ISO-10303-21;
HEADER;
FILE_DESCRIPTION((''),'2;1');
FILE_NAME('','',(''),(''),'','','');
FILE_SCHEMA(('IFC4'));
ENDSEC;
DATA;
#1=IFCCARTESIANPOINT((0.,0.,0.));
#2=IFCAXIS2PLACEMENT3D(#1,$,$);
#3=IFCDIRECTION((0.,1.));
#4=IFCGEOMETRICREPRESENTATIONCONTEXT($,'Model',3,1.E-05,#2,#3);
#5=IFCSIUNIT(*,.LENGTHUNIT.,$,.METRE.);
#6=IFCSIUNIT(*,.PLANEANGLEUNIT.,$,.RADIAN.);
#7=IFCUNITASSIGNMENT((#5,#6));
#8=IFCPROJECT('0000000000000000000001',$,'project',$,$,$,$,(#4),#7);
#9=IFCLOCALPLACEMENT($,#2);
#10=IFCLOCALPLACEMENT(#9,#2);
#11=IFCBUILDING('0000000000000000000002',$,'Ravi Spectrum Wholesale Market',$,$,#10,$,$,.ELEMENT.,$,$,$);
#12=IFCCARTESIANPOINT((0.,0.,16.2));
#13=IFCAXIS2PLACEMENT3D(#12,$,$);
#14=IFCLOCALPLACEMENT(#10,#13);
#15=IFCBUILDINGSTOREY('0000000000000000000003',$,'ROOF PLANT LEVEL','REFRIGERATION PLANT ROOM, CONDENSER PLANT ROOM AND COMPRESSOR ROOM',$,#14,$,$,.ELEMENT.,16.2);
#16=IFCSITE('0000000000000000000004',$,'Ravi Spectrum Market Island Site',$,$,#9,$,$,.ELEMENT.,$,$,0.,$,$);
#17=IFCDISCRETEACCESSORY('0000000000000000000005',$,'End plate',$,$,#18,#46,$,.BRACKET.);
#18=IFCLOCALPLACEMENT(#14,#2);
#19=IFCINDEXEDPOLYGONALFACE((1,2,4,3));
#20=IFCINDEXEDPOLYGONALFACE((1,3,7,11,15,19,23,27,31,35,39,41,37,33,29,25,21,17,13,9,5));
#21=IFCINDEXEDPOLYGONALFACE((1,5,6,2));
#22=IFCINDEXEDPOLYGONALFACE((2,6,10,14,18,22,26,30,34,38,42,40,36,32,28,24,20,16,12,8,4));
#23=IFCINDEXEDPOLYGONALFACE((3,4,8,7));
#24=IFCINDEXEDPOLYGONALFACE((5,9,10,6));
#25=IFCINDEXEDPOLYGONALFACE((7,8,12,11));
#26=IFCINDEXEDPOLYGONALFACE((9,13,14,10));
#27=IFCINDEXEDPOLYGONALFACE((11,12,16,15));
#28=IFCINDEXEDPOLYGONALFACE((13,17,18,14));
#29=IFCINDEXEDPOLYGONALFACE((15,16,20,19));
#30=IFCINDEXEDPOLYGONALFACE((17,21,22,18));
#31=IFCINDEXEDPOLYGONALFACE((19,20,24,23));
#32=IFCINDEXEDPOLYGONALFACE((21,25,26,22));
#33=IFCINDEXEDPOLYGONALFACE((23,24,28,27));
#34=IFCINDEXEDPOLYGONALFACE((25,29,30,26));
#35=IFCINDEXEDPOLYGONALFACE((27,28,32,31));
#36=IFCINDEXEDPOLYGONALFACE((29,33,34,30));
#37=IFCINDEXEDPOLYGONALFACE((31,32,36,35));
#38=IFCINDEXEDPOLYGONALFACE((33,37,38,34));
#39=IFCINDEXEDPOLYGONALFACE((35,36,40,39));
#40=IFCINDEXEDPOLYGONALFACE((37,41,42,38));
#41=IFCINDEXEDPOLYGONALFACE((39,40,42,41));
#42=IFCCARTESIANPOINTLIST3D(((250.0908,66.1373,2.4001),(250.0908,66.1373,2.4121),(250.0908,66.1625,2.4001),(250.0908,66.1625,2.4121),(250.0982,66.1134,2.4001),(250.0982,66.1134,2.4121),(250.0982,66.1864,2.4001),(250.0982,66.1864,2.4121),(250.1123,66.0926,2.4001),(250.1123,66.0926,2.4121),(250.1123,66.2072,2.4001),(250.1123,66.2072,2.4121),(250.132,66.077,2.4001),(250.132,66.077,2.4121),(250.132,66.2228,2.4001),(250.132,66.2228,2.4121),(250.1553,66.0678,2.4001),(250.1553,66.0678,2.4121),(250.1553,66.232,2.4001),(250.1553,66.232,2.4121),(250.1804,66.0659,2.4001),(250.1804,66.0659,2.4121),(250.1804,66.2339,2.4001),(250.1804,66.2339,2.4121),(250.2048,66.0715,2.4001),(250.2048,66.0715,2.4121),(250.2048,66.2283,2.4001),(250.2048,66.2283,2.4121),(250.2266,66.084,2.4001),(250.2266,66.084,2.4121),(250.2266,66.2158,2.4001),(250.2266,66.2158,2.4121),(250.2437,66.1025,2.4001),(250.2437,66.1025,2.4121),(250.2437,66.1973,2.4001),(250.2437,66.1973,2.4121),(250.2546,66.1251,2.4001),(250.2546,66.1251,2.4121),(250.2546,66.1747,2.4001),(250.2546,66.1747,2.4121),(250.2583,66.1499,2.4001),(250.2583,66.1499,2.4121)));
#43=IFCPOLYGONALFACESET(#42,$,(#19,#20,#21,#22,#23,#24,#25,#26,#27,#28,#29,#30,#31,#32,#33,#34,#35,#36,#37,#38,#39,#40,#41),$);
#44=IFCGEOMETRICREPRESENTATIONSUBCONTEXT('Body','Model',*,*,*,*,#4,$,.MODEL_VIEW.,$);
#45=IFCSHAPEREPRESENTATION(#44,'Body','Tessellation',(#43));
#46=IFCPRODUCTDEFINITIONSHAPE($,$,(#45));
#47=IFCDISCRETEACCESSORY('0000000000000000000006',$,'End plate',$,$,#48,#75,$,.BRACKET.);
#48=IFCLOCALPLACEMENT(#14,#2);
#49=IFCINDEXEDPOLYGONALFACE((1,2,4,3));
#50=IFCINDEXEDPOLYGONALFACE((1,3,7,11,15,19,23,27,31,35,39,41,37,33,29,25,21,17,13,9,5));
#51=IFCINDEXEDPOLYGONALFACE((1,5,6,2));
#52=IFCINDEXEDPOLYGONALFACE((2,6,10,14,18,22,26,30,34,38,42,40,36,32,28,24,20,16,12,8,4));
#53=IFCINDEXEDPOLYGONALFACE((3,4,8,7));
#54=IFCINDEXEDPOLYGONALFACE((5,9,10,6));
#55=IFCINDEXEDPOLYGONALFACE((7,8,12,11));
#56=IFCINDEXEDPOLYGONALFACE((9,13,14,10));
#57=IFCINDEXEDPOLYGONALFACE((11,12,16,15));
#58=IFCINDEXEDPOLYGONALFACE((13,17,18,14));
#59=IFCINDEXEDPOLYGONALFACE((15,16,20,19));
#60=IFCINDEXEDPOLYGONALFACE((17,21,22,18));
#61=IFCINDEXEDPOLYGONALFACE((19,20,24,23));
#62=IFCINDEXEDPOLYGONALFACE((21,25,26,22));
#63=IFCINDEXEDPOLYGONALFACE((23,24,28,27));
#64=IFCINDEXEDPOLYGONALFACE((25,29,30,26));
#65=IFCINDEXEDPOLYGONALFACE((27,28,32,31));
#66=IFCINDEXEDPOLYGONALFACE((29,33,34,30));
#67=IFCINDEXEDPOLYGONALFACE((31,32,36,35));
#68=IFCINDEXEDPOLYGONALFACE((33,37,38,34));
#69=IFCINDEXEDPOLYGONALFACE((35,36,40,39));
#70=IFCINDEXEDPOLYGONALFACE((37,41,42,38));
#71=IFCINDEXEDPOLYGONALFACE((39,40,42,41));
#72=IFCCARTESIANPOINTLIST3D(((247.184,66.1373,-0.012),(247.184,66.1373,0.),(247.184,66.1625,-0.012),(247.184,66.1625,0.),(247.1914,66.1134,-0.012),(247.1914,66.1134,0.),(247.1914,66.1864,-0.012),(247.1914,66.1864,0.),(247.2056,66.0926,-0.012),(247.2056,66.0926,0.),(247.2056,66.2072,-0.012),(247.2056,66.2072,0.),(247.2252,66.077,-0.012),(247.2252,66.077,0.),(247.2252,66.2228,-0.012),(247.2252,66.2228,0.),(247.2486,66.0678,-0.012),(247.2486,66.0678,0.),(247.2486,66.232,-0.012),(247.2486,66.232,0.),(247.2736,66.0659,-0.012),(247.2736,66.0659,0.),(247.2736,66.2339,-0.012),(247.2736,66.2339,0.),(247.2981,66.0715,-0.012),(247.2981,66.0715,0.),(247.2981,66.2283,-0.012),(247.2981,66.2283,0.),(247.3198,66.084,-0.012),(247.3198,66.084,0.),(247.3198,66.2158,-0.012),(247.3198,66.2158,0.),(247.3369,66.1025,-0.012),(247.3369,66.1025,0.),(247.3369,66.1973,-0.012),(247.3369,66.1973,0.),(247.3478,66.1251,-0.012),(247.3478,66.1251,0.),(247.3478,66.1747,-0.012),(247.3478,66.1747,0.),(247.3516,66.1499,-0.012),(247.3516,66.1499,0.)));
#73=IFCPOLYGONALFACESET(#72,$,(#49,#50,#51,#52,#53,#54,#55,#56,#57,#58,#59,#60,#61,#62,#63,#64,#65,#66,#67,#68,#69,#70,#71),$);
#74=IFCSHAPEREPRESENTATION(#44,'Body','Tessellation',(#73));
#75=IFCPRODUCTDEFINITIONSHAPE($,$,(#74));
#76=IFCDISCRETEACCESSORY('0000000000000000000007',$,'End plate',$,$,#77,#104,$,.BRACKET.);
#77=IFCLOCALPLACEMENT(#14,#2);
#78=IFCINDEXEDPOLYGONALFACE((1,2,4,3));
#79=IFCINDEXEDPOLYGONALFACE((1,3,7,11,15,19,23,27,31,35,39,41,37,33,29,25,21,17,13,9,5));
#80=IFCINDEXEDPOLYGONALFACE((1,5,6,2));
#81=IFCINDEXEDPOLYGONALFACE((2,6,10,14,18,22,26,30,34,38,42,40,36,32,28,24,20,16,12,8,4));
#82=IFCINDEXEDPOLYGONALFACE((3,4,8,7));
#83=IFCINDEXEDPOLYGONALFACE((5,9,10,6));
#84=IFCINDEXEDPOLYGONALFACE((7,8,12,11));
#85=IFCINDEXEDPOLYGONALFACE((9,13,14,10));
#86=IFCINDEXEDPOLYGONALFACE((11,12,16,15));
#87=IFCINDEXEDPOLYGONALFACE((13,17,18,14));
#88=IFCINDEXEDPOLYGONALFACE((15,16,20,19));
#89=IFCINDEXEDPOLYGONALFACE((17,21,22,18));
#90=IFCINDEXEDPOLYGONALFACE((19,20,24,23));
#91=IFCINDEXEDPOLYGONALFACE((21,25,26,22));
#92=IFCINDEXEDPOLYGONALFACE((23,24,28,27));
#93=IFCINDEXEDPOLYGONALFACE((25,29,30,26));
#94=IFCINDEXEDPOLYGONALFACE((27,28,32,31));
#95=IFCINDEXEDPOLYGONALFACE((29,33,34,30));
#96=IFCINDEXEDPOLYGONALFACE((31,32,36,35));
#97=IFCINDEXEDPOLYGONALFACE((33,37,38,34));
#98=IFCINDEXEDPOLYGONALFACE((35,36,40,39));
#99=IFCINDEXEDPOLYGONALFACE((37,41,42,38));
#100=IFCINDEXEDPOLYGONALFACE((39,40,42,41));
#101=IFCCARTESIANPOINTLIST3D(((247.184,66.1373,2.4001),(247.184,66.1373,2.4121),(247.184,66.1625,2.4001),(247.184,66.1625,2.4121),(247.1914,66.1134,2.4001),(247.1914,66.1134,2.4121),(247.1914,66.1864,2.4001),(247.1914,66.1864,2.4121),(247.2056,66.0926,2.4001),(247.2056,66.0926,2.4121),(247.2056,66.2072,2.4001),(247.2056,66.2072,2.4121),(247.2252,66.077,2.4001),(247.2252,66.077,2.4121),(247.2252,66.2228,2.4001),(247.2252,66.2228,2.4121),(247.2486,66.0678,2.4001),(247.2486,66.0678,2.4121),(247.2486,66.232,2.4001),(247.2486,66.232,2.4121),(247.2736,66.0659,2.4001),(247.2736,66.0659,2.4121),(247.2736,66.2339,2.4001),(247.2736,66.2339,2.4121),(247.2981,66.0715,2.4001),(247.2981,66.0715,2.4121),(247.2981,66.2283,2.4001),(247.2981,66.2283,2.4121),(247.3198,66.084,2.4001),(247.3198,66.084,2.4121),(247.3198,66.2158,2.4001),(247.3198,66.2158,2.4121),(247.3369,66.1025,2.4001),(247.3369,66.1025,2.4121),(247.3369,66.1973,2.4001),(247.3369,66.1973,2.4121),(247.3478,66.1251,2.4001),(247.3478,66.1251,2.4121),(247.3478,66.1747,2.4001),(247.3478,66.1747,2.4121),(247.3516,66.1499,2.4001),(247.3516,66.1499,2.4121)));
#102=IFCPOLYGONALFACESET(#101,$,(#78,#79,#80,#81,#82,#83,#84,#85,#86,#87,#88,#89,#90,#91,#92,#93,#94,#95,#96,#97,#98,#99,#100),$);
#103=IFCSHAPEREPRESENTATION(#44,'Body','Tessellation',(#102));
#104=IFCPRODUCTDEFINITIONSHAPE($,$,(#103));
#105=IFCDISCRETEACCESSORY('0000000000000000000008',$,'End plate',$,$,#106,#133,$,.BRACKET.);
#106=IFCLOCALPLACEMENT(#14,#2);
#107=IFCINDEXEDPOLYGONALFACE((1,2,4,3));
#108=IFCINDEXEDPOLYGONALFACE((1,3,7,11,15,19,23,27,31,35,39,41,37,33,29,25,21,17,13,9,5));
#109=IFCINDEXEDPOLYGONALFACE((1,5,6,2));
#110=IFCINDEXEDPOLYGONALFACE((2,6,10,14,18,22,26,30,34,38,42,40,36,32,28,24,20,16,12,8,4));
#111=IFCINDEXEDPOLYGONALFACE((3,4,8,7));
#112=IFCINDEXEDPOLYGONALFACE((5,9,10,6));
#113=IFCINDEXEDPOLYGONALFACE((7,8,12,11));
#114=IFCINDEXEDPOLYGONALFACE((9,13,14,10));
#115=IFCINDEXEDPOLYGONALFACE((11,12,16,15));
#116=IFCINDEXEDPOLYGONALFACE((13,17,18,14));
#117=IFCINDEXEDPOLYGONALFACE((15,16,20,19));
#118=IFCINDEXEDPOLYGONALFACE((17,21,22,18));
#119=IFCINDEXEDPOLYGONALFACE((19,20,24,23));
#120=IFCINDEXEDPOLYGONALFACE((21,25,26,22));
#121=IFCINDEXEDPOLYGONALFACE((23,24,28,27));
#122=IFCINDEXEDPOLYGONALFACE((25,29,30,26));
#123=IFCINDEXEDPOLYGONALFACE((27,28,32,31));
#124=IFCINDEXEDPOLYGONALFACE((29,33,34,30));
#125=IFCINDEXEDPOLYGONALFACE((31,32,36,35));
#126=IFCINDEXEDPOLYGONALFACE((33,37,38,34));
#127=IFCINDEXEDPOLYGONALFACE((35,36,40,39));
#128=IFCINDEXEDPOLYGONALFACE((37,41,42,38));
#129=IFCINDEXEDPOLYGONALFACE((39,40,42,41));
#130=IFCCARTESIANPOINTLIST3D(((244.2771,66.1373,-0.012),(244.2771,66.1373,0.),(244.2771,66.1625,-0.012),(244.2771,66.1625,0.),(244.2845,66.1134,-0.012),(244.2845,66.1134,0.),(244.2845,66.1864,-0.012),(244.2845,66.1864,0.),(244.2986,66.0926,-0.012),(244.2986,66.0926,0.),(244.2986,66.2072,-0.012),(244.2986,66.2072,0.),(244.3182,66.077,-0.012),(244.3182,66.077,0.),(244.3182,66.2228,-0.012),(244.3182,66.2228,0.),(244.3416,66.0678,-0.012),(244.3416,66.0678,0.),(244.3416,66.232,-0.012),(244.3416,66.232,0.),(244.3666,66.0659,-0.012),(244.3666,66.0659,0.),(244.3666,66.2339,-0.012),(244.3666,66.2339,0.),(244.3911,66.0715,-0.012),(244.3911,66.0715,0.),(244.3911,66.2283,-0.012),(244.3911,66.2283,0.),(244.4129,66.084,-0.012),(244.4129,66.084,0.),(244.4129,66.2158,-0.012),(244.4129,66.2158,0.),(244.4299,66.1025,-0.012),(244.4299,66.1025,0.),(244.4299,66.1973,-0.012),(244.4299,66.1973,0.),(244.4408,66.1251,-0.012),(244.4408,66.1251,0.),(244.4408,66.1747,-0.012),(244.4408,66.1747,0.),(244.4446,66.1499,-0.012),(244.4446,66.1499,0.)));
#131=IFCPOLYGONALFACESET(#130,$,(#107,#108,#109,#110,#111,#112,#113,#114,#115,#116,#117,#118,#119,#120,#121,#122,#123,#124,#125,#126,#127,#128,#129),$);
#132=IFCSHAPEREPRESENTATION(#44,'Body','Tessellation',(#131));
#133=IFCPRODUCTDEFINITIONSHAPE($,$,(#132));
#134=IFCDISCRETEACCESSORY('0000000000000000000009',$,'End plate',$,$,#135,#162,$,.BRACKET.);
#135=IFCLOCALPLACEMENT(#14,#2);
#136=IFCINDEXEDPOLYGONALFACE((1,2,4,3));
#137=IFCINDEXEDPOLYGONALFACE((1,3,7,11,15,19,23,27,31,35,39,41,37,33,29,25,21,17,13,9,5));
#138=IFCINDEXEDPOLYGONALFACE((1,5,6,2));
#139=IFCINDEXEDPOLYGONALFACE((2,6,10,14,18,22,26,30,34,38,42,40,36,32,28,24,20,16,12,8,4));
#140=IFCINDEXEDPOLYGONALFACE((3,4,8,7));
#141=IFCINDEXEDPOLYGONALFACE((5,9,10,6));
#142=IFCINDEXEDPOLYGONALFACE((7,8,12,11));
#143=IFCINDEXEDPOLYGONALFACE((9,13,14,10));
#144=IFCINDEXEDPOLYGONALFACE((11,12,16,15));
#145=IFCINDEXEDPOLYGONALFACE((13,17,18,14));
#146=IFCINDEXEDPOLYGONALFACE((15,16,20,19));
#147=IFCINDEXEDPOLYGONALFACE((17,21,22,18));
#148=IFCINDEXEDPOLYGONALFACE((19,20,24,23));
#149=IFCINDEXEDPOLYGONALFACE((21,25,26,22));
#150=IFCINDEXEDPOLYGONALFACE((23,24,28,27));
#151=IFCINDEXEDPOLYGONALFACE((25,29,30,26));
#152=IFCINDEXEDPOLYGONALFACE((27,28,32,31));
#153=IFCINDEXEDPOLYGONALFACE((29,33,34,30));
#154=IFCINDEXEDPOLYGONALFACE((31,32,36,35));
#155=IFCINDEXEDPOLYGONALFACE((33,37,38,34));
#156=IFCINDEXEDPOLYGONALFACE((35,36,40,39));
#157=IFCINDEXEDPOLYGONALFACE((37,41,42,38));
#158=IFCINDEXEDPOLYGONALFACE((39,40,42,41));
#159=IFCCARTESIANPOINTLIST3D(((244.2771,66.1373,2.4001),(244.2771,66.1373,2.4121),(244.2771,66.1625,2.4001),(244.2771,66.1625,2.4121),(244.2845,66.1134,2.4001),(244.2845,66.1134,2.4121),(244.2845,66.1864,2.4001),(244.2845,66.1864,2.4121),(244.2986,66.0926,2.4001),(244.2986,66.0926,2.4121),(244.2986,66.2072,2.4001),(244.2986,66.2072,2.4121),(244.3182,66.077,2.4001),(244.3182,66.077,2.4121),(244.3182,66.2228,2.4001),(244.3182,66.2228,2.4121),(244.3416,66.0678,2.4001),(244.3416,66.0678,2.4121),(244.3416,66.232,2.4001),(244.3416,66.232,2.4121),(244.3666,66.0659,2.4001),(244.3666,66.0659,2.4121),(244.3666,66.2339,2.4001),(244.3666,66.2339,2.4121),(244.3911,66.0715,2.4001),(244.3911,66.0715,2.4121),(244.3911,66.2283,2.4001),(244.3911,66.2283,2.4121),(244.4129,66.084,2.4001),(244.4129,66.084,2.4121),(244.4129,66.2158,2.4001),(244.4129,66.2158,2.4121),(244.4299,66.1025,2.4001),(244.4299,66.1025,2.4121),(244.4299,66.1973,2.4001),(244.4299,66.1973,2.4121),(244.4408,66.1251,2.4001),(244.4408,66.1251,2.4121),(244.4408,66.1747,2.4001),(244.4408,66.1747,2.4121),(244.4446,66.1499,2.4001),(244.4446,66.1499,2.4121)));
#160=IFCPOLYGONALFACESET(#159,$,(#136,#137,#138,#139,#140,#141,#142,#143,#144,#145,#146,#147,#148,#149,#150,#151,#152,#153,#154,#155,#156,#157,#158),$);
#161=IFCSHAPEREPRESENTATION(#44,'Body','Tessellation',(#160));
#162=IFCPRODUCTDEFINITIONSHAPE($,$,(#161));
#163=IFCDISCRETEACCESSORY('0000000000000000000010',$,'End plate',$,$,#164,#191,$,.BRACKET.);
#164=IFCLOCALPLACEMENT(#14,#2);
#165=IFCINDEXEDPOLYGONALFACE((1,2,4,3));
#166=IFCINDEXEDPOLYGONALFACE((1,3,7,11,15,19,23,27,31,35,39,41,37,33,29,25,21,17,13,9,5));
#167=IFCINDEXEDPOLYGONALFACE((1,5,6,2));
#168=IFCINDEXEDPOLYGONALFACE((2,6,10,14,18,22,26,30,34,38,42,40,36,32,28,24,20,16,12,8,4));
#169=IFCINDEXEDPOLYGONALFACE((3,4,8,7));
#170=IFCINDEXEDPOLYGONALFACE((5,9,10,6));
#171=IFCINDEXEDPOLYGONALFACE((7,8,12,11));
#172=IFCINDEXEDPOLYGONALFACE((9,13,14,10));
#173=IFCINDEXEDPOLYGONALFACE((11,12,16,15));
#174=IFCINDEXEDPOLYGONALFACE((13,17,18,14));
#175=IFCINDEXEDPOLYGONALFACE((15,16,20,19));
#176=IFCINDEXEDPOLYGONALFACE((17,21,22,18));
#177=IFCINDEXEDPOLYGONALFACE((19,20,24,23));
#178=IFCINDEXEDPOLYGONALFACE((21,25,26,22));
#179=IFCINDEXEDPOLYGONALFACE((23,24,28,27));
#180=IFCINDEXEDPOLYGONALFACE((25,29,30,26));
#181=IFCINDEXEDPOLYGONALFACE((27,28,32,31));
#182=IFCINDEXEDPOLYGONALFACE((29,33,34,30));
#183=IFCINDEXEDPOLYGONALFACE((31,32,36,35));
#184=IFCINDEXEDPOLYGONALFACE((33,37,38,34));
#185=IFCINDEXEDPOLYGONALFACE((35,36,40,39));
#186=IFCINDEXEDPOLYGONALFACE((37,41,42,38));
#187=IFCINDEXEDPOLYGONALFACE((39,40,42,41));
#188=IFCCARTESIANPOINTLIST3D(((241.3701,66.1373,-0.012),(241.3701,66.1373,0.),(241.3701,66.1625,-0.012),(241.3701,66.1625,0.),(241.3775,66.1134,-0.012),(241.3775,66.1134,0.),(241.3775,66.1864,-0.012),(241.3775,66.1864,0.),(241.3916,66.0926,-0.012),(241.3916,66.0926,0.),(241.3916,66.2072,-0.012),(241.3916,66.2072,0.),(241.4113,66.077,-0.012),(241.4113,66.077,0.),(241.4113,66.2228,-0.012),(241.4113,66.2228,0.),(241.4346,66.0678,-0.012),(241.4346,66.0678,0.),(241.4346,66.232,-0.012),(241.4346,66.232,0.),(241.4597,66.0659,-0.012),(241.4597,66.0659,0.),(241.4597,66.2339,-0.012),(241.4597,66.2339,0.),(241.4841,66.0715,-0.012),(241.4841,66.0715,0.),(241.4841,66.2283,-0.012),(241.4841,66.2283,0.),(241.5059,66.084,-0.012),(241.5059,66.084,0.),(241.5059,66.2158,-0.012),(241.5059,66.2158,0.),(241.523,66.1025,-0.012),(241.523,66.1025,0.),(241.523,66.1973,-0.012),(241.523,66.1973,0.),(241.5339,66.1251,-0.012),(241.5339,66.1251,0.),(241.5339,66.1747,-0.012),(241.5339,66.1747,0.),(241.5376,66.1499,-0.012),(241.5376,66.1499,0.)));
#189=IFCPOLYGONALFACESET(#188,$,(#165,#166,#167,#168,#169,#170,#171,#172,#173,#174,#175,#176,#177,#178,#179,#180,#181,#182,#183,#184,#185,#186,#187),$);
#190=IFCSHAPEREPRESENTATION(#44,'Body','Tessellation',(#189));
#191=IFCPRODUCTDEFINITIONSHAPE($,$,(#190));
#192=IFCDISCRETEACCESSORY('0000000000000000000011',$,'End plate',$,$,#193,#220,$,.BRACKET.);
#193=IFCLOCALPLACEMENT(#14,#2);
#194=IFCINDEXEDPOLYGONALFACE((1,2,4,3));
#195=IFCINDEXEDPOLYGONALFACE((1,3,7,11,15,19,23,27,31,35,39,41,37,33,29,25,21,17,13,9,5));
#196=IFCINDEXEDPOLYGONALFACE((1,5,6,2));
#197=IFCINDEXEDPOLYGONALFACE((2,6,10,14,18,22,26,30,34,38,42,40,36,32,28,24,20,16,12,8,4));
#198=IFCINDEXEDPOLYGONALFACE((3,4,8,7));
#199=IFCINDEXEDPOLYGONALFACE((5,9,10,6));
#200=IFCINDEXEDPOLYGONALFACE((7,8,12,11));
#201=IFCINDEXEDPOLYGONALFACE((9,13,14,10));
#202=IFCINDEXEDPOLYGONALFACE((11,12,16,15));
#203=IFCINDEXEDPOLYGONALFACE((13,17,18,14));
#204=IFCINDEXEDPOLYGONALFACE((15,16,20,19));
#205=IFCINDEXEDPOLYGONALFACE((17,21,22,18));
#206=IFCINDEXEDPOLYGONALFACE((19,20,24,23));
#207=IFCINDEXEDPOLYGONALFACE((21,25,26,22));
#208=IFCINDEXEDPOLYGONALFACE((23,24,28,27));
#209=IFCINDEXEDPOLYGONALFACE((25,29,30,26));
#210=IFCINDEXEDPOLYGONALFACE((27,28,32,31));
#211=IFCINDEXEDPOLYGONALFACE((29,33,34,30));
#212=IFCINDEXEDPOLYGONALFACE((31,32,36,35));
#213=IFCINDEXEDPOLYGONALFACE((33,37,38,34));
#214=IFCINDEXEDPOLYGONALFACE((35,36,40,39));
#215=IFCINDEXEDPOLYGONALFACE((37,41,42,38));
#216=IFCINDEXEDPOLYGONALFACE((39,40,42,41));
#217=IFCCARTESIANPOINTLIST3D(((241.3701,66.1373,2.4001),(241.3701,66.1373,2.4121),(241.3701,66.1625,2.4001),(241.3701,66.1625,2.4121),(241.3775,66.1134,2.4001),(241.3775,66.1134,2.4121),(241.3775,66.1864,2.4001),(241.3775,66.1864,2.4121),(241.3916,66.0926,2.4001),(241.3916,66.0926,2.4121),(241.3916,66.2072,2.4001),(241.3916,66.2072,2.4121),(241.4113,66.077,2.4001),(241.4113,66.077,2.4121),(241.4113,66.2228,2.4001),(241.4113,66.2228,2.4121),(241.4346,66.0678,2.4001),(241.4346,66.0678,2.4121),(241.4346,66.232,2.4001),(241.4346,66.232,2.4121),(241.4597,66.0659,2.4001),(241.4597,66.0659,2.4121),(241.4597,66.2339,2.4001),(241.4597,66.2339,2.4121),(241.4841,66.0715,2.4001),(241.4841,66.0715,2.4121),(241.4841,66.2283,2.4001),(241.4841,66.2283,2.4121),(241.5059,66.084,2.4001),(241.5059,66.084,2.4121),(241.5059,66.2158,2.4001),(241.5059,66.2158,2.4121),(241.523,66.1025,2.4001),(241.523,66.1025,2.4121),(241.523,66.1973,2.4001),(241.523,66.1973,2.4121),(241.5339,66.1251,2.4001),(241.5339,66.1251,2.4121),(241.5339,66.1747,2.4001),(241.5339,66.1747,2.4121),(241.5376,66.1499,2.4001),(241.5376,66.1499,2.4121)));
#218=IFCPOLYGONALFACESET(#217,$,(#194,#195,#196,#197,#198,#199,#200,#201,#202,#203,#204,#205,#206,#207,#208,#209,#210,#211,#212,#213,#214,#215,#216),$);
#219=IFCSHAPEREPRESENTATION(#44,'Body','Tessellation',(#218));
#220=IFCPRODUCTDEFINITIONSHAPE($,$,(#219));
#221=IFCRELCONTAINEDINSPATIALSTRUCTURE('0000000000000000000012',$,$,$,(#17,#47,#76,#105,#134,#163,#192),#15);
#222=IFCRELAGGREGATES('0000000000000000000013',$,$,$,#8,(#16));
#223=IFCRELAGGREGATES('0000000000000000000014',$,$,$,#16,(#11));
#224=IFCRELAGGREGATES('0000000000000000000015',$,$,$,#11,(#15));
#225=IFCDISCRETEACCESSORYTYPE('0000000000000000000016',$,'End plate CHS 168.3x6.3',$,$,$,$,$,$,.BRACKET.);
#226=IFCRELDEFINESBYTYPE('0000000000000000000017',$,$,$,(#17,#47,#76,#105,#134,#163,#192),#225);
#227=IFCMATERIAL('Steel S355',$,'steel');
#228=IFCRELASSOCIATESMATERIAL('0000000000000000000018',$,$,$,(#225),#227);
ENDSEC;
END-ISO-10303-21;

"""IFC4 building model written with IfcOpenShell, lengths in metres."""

from ifc_helpers import new_model, si_unit, direction, frame, origin, origin_2d, place, context, subcontext, project, spatial, circle, extrude, material, material_profile, profile_set, type_object, element, save


model = new_model("IFC4")

# Units and contexts
model_context = context("Model", 3, precision=1e-05, world=origin(), true_north=direction((0.0, 1.0)))
body_context = subcontext(model_context, "Body", "Model", "MODEL_VIEW")
ifc_project = project(units=[si_unit("LENGTHUNIT", "METRE"), si_unit("PLANEANGLEUNIT", "RADIAN")], contexts=[model_context])

# Site, building, storey
site_placement = place(None, origin())
site = spatial("IfcSite", under=ifc_project, at=site_placement, Name="Ravi Spectrum Market Island Site", CompositionType="ELEMENT", RefElevation=0.0)
building_placement = place(site_placement, origin())
building = spatial("IfcBuilding", under=site, at=building_placement, Name="Ravi Spectrum Wholesale Market", CompositionType="ELEMENT")
storey_placement = place(building_placement, frame((0.0, 0.0, 16.2)))
storey = spatial("IfcBuildingStorey", under=building, at=storey_placement, Name="ROOF PLANT LEVEL", Description="REFRIGERATION PLANT ROOM, CONDENSER PLANT ROOM AND COMPRESSOR ROOM", CompositionType="ELEMENT", Elevation=16.2)

# Discrete accessories
ifc_material_1 = material(Name="Steel S355", Category="steel")
ifc_material_profile_1 = material_profile(ifc_material_1, circle(Radius=0.0842, at=origin_2d()))
ifc_profile_set_1 = profile_set([ifc_material_profile_1], Name="Steel S355")
discrete_accessory_type = type_object("IfcDiscreteAccessoryType", Name="End plate CHS 168.3x6.3", PredefinedType="BRACKET", material=ifc_profile_set_1)
for number, where, z_axis, x_axis, name in (
    (1, (250.1741, 66.1499, 2.4001), (0.0, 0.0, 1.0), (1.0, 0.0, 0.0), "End plate"),
    (2, (247.2673, 66.1499, 0.0), (0.0, 0.0, -1.0), (1.0, 0.0, 0.0), "End plate"),
    (3, (247.2673, 66.1499, 2.4001), (0.0, 0.0, 1.0), (1.0, 0.0, 0.0), "End plate"),
    (4, (244.3604, 66.1499, 0.0), (0.0, 0.0, -1.0), (1.0, 0.0, 0.0), "End plate"),
    (5, (244.3604, 66.1499, 2.4001), (0.0, 0.0, 1.0), (1.0, 0.0, 0.0), "End plate"),
    (6, (241.4534, 66.1499, 0.0), (0.0, 0.0, -1.0), (1.0, 0.0, 0.0), "End plate"),
    (7, (241.4534, 66.1499, 2.4001), (0.0, 0.0, 1.0), (1.0, 0.0, 0.0), "End plate"),
):
    element("IfcDiscreteAccessory", number, at=place(storey_placement, frame(where, z_axis=z_axis, x_axis=x_axis)), inside=storey, type_object=discrete_accessory_type, Name=name, PredefinedType="BRACKET", context=body_context, shape_type="SweptSolid", body=[
        extrude(circle(Radius=0.0842, at=origin_2d()), origin(), (0.0, 0.0, 1.0), 0.012),
    ])

save(model, "model.ifc")
